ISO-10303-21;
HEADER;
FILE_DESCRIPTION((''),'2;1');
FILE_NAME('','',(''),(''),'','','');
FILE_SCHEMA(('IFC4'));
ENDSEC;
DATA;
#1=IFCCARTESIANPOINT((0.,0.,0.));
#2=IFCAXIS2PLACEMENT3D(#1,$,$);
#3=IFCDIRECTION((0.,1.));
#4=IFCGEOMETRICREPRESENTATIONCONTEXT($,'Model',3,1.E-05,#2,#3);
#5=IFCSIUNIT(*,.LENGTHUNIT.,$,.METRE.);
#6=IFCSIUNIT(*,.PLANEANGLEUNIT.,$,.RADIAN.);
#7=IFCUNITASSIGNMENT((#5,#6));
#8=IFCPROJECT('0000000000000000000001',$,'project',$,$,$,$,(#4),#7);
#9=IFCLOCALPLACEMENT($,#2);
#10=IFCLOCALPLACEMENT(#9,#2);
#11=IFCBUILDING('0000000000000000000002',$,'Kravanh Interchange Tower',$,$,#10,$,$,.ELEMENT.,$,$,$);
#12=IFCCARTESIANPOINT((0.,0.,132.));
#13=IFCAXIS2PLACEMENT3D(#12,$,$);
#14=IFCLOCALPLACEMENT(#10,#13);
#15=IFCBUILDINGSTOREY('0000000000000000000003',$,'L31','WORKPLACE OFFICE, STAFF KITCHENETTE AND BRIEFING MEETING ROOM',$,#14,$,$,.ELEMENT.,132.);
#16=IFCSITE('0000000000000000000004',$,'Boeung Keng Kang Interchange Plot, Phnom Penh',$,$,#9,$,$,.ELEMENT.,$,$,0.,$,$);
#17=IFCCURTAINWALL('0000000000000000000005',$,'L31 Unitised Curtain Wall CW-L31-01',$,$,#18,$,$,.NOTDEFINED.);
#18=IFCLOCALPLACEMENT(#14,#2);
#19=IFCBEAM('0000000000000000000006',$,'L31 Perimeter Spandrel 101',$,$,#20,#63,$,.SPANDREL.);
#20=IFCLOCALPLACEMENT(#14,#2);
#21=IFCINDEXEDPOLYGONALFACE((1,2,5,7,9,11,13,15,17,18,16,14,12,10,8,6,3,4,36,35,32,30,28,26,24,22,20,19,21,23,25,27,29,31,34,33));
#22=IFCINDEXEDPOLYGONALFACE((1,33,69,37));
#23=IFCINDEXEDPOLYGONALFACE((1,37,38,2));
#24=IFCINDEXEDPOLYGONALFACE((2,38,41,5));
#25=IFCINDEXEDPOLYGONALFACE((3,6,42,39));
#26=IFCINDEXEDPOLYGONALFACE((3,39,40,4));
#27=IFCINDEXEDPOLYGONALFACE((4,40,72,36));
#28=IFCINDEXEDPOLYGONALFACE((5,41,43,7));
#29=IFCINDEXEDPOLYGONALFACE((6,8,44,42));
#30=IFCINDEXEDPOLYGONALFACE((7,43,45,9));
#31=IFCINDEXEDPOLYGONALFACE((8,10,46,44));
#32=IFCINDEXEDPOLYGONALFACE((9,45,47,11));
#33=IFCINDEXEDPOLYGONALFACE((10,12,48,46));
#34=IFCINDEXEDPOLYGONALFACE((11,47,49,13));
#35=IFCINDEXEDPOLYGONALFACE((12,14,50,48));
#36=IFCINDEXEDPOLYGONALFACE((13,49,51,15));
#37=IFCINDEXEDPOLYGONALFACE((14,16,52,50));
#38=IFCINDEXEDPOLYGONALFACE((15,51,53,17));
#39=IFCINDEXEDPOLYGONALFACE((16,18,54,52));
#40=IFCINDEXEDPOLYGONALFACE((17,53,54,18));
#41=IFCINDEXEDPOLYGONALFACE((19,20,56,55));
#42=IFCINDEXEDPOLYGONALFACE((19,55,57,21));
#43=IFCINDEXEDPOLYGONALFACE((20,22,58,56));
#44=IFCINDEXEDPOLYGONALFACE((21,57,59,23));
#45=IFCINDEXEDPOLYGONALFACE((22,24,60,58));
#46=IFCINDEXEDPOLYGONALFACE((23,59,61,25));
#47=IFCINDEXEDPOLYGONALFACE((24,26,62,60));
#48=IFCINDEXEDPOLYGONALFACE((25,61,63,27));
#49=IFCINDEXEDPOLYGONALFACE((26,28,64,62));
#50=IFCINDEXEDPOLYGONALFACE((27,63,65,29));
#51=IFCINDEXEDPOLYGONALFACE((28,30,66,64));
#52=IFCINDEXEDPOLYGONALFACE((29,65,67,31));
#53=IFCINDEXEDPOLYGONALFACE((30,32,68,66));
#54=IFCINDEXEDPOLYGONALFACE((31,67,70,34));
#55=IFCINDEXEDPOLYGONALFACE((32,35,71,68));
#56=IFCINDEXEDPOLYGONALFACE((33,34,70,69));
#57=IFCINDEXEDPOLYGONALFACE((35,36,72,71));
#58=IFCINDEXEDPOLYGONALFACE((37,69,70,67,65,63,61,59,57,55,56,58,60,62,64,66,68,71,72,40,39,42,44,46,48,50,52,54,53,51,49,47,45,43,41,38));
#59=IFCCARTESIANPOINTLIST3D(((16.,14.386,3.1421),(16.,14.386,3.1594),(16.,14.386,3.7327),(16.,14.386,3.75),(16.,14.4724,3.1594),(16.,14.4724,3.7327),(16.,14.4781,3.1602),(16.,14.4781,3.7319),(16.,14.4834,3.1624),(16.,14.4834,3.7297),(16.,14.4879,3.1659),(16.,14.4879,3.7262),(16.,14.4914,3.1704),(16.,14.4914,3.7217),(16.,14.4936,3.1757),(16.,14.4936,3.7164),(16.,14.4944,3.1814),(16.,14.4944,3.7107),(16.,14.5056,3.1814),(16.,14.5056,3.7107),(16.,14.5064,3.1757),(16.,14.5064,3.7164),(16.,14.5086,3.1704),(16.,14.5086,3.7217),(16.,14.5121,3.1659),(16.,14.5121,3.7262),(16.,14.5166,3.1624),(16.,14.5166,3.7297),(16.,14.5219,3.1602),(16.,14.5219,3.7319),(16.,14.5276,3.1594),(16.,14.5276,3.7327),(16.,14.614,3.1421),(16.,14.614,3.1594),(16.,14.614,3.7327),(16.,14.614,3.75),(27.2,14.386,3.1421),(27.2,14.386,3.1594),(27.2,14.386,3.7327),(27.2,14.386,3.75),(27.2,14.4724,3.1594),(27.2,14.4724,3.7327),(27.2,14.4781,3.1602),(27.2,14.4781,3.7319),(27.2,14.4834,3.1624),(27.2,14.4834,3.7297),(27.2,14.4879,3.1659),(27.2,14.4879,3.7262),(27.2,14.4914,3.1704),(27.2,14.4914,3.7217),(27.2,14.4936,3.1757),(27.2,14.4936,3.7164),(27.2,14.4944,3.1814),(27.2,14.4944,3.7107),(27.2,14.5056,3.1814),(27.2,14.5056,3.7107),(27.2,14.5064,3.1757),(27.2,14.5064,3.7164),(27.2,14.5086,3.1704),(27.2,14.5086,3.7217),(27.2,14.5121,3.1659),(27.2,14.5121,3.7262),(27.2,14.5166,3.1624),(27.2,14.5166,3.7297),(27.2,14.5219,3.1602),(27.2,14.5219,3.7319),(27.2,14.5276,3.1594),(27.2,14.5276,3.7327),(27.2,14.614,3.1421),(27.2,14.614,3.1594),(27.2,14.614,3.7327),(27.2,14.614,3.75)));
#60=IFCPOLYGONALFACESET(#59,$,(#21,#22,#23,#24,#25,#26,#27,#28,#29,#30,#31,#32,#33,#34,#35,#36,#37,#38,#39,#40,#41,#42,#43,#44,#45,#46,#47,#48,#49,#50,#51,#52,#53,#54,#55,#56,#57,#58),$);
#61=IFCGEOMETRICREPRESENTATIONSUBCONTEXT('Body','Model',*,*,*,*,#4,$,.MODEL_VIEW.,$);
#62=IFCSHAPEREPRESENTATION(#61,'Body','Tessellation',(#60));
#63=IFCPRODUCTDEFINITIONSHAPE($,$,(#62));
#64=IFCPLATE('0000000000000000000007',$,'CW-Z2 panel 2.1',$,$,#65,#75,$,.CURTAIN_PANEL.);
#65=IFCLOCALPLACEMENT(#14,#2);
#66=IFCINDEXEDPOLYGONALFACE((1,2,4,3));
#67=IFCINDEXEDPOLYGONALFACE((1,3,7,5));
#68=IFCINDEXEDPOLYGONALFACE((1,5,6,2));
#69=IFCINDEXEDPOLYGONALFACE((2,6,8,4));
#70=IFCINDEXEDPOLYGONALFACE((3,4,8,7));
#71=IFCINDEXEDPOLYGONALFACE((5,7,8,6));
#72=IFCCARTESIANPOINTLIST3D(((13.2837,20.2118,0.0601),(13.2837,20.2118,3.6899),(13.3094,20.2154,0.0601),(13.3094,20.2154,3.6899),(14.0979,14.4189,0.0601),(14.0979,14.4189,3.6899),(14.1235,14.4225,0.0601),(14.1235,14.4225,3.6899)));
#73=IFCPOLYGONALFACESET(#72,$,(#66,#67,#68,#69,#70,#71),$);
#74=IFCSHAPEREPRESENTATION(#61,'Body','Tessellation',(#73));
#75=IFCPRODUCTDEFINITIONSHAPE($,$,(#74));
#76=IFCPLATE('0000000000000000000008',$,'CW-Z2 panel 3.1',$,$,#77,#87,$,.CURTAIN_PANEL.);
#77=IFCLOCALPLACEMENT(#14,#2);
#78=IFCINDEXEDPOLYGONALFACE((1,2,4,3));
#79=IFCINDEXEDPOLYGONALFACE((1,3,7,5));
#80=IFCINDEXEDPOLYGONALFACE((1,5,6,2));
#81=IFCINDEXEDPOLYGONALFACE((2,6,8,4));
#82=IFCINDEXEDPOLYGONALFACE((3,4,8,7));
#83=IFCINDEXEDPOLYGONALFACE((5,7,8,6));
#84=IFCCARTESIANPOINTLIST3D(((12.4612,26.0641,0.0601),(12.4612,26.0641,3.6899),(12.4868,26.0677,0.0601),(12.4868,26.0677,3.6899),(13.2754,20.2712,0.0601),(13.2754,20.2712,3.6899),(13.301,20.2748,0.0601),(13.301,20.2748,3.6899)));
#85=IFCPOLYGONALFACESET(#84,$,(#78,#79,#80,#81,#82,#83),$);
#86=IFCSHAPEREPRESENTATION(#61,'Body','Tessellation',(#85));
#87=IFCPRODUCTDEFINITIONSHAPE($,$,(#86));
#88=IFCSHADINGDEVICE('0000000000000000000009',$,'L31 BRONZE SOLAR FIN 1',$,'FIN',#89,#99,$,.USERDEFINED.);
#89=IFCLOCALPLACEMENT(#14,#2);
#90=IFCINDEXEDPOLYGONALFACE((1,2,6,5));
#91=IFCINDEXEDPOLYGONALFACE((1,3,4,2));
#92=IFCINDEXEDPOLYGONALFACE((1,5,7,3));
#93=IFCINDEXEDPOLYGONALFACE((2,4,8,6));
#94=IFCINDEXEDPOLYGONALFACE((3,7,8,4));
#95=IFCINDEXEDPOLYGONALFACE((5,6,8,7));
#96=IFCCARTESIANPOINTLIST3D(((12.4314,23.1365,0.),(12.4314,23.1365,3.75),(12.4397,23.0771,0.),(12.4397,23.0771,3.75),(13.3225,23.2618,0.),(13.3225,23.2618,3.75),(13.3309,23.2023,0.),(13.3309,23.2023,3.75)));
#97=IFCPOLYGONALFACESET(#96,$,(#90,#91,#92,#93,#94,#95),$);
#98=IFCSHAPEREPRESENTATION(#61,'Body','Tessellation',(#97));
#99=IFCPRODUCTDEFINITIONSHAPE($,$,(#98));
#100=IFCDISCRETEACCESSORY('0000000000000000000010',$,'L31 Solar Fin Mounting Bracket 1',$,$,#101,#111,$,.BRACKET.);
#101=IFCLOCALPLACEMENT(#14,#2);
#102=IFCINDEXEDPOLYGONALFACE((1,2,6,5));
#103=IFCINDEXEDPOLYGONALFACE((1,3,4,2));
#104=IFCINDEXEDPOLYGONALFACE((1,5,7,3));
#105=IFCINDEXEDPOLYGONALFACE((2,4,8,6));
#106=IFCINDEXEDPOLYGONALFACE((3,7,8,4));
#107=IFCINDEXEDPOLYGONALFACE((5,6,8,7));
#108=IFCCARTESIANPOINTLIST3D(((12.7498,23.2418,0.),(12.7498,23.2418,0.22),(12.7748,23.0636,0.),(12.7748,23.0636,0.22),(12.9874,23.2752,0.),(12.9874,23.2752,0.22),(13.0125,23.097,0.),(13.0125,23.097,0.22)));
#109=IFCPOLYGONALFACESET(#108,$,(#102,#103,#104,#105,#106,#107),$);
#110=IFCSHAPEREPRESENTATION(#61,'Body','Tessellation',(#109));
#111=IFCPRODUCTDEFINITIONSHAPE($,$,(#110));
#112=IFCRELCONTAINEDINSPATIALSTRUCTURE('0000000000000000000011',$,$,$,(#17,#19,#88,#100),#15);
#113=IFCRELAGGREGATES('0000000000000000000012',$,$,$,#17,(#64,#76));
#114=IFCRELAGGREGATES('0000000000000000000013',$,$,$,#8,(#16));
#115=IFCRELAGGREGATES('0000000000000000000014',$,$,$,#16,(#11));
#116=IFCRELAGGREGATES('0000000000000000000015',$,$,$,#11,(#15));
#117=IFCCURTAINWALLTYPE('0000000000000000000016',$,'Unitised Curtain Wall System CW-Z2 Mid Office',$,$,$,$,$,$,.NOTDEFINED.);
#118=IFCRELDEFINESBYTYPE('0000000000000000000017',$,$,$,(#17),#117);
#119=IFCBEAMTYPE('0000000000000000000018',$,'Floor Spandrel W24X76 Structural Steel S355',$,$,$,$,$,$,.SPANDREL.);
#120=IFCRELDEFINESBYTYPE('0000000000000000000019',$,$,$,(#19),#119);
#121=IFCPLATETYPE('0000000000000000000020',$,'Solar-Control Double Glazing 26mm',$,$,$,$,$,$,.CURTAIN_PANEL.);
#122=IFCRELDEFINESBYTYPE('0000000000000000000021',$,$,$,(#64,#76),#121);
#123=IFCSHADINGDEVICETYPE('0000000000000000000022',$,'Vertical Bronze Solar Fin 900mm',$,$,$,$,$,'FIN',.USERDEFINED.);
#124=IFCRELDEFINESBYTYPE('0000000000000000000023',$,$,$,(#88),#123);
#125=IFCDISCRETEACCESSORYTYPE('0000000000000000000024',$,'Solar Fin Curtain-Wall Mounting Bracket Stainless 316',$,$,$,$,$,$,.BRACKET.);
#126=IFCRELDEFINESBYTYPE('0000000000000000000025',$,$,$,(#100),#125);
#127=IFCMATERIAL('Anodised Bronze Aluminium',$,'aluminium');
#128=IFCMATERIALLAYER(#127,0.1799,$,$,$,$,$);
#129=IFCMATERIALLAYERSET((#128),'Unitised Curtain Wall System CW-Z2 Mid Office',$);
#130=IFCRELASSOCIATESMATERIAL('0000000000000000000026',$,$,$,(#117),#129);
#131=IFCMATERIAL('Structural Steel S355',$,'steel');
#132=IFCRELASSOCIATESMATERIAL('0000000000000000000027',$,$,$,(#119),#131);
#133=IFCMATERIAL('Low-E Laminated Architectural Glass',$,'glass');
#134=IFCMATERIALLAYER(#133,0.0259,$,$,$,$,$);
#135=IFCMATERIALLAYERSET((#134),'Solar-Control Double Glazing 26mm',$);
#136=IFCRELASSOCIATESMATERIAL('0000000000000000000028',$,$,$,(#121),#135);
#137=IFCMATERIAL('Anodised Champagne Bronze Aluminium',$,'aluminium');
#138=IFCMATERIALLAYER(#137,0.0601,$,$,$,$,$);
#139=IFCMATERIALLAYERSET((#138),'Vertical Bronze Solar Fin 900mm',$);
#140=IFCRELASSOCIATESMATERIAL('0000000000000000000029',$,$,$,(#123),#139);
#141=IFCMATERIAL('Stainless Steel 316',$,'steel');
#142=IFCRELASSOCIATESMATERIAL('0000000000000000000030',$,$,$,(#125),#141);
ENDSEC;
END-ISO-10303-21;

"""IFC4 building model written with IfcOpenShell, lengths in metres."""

from ifc_helpers import new_model, si_unit, direction, frame, origin, origin_2d, place, context, subcontext, project, spatial, rectangle, i_section, extrude, material, layer, layer_set, material_profile, profile_set, type_object, element, aggregate, save


model = new_model("IFC4")

# Units and contexts
model_context = context("Model", 3, precision=1e-05, world=origin(), true_north=direction((0.0, 1.0)))
body_context = subcontext(model_context, "Body", "Model", "MODEL_VIEW")
ifc_project = project(units=[si_unit("LENGTHUNIT", "METRE"), si_unit("PLANEANGLEUNIT", "RADIAN")], contexts=[model_context])

# Site, building, storey
site_placement = place(None, origin())
site = spatial("IfcSite", under=ifc_project, at=site_placement, Name="Boeung Keng Kang Interchange Plot, Phnom Penh", CompositionType="ELEMENT", RefElevation=0.0)
building_placement = place(site_placement, origin())
building = spatial("IfcBuilding", under=site, at=building_placement, Name="Kravanh Interchange Tower", CompositionType="ELEMENT")
storey_placement = place(building_placement, frame((0.0, 0.0, 132.0)))
storey = spatial("IfcBuildingStorey", under=building, at=storey_placement, Name="L31", Description="WORKPLACE OFFICE, STAFF KITCHENETTE AND BRIEFING MEETING ROOM", CompositionType="ELEMENT", Elevation=132.0)

# Curtain wall
ifc_material_1 = material(Name="Anodised Bronze Aluminium", Category="aluminium")
ifc_layer_1 = layer(ifc_material_1, 0.1799)
ifc_layer_set_1 = layer_set([ifc_layer_1], Name="Unitised Curtain Wall System CW-Z2 Mid Office")
curtain_wall_type = type_object("IfcCurtainWallType", Name="Unitised Curtain Wall System CW-Z2 Mid Office", PredefinedType="NOTDEFINED", material=ifc_layer_set_1)
curtain_wall_placement = place(storey_placement, origin())
curtain_wall = element("IfcCurtainWall", 1, at=curtain_wall_placement, inside=storey, type_object=curtain_wall_type, Name="L31 Unitised Curtain Wall CW-L31-01", PredefinedType="NOTDEFINED")

# Beam
ifc_material_2 = material(Name="Structural Steel S355", Category="steel")
ifc_material_profile_1 = material_profile(ifc_material_2, i_section(OverallWidth=0.228, OverallDepth=0.6079, WebThickness=0.0112, FlangeThickness=0.0173, FilletRadius=0.022, at=origin_2d()), Name="W24X76")
ifc_profile_set_1 = profile_set([ifc_material_profile_1], Name="Structural Steel S355")
beam_type_1 = type_object("IfcBeamType", Name="Floor Spandrel W24X76 Structural Steel S355", PredefinedType="SPANDREL", material=ifc_profile_set_1)
beam_1_placement = place(storey_placement, frame((16.0, 14.5, 3.446), z_axis=(1.0, 0.0, 0.0), x_axis=(0.0, 1.0, 0.0)))
element("IfcBeam", 2, at=beam_1_placement, inside=storey, type_object=beam_type_1, Name="L31 Perimeter Spandrel 101", PredefinedType="SPANDREL", context=body_context, shape_type="SweptSolid", body=[
    extrude(i_section(OverallWidth=0.228, OverallDepth=0.6079, WebThickness=0.0112, FlangeThickness=0.0173, FilletRadius=0.022, at=origin_2d()), origin(), (0.0, 0.0, 1.0), 11.2),
])

# Plates
ifc_material_3 = material(Name="Low-E Laminated Architectural Glass", Category="glass")
ifc_layer_2 = layer(ifc_material_3, 0.0259)
ifc_layer_set_2 = layer_set([ifc_layer_2], Name="Solar-Control Double Glazing 26mm")
plate_type = type_object("IfcPlateType", Name="Solar-Control Double Glazing 26mm", PredefinedType="CURTAIN_PANEL", material=ifc_layer_set_2)
plate_1_placement = place(storey_placement, frame((13.7036, 17.3171, 0.0601), z_axis=(0.0, 0.0, 1.0), x_axis=(-0.139173, 0.990268, 0.0)))
plate_1 = element("IfcPlate", 3, at=plate_1_placement, type_object=plate_type, Name="CW-Z2 panel 2.1", PredefinedType="CURTAIN_PANEL", context=body_context, shape_type="SweptSolid", body=[
    extrude(rectangle(XDim=5.8499, YDim=0.0259, at=origin_2d()), origin(), (0.0, 0.0, 1.0), 3.6299),
])
plate_2_placement = place(storey_placement, frame((12.8811, 23.1694, 0.0601), z_axis=(0.0, 0.0, 1.0), x_axis=(-0.139173, 0.990268, 0.0)))
plate_2 = element("IfcPlate", 4, at=plate_2_placement, type_object=plate_type, Name="CW-Z2 panel 3.1", PredefinedType="CURTAIN_PANEL", context=body_context, shape_type="SweptSolid", body=[
    extrude(rectangle(XDim=5.8499, YDim=0.0259, at=origin_2d()), origin(), (0.0, 0.0, 1.0), 3.6299),
])
aggregate(curtain_wall, [plate_1, plate_2])

# Shading device
ifc_material_4 = material(Name="Anodised Champagne Bronze Aluminium", Category="aluminium")
ifc_layer_3 = layer(ifc_material_4, 0.0601)
ifc_layer_set_3 = layer_set([ifc_layer_3], Name="Vertical Bronze Solar Fin 900mm")
shading_device_type = type_object("IfcShadingDeviceType", Name="Vertical Bronze Solar Fin 900mm", ElementType="FIN", PredefinedType="USERDEFINED", material=ifc_layer_set_3)
shading_device_placement = place(storey_placement, frame((12.8811, 23.1694, 0.0), z_axis=(0.0, 0.0, 1.0), x_axis=(-0.990268, -0.139173, 0.0)))
element("IfcShadingDevice", 5, at=shading_device_placement, inside=storey, type_object=shading_device_type, Name="L31 BRONZE SOLAR FIN 1", ObjectType="FIN", PredefinedType="USERDEFINED", context=body_context, shape_type="SweptSolid", body=[
    extrude(rectangle(XDim=0.8999, YDim=0.0601, at=origin_2d()), origin(), (0.0, 0.0, 1.0), 3.75),
])

# Discrete accessory
ifc_material_5 = material(Name="Stainless Steel 316", Category="steel")
discrete_accessory_type = type_object("IfcDiscreteAccessoryType", Name="Solar Fin Curtain-Wall Mounting Bracket Stainless 316", PredefinedType="BRACKET", material=ifc_material_5)
discrete_accessory_placement = place(storey_placement, frame((12.8811, 23.1694, 0.0), z_axis=(0.0, 0.0, 1.0), x_axis=(-0.990268, -0.139173, 0.0)))
element("IfcDiscreteAccessory", 6, at=discrete_accessory_placement, inside=storey, type_object=discrete_accessory_type, Name="L31 Solar Fin Mounting Bracket 1", PredefinedType="BRACKET", context=body_context, shape_type="SweptSolid", body=[
    extrude(rectangle(XDim=0.24, YDim=0.1799, at=origin_2d()), origin(), (0.0, 0.0, 1.0), 0.22),
])

save(model, "model.ifc")
